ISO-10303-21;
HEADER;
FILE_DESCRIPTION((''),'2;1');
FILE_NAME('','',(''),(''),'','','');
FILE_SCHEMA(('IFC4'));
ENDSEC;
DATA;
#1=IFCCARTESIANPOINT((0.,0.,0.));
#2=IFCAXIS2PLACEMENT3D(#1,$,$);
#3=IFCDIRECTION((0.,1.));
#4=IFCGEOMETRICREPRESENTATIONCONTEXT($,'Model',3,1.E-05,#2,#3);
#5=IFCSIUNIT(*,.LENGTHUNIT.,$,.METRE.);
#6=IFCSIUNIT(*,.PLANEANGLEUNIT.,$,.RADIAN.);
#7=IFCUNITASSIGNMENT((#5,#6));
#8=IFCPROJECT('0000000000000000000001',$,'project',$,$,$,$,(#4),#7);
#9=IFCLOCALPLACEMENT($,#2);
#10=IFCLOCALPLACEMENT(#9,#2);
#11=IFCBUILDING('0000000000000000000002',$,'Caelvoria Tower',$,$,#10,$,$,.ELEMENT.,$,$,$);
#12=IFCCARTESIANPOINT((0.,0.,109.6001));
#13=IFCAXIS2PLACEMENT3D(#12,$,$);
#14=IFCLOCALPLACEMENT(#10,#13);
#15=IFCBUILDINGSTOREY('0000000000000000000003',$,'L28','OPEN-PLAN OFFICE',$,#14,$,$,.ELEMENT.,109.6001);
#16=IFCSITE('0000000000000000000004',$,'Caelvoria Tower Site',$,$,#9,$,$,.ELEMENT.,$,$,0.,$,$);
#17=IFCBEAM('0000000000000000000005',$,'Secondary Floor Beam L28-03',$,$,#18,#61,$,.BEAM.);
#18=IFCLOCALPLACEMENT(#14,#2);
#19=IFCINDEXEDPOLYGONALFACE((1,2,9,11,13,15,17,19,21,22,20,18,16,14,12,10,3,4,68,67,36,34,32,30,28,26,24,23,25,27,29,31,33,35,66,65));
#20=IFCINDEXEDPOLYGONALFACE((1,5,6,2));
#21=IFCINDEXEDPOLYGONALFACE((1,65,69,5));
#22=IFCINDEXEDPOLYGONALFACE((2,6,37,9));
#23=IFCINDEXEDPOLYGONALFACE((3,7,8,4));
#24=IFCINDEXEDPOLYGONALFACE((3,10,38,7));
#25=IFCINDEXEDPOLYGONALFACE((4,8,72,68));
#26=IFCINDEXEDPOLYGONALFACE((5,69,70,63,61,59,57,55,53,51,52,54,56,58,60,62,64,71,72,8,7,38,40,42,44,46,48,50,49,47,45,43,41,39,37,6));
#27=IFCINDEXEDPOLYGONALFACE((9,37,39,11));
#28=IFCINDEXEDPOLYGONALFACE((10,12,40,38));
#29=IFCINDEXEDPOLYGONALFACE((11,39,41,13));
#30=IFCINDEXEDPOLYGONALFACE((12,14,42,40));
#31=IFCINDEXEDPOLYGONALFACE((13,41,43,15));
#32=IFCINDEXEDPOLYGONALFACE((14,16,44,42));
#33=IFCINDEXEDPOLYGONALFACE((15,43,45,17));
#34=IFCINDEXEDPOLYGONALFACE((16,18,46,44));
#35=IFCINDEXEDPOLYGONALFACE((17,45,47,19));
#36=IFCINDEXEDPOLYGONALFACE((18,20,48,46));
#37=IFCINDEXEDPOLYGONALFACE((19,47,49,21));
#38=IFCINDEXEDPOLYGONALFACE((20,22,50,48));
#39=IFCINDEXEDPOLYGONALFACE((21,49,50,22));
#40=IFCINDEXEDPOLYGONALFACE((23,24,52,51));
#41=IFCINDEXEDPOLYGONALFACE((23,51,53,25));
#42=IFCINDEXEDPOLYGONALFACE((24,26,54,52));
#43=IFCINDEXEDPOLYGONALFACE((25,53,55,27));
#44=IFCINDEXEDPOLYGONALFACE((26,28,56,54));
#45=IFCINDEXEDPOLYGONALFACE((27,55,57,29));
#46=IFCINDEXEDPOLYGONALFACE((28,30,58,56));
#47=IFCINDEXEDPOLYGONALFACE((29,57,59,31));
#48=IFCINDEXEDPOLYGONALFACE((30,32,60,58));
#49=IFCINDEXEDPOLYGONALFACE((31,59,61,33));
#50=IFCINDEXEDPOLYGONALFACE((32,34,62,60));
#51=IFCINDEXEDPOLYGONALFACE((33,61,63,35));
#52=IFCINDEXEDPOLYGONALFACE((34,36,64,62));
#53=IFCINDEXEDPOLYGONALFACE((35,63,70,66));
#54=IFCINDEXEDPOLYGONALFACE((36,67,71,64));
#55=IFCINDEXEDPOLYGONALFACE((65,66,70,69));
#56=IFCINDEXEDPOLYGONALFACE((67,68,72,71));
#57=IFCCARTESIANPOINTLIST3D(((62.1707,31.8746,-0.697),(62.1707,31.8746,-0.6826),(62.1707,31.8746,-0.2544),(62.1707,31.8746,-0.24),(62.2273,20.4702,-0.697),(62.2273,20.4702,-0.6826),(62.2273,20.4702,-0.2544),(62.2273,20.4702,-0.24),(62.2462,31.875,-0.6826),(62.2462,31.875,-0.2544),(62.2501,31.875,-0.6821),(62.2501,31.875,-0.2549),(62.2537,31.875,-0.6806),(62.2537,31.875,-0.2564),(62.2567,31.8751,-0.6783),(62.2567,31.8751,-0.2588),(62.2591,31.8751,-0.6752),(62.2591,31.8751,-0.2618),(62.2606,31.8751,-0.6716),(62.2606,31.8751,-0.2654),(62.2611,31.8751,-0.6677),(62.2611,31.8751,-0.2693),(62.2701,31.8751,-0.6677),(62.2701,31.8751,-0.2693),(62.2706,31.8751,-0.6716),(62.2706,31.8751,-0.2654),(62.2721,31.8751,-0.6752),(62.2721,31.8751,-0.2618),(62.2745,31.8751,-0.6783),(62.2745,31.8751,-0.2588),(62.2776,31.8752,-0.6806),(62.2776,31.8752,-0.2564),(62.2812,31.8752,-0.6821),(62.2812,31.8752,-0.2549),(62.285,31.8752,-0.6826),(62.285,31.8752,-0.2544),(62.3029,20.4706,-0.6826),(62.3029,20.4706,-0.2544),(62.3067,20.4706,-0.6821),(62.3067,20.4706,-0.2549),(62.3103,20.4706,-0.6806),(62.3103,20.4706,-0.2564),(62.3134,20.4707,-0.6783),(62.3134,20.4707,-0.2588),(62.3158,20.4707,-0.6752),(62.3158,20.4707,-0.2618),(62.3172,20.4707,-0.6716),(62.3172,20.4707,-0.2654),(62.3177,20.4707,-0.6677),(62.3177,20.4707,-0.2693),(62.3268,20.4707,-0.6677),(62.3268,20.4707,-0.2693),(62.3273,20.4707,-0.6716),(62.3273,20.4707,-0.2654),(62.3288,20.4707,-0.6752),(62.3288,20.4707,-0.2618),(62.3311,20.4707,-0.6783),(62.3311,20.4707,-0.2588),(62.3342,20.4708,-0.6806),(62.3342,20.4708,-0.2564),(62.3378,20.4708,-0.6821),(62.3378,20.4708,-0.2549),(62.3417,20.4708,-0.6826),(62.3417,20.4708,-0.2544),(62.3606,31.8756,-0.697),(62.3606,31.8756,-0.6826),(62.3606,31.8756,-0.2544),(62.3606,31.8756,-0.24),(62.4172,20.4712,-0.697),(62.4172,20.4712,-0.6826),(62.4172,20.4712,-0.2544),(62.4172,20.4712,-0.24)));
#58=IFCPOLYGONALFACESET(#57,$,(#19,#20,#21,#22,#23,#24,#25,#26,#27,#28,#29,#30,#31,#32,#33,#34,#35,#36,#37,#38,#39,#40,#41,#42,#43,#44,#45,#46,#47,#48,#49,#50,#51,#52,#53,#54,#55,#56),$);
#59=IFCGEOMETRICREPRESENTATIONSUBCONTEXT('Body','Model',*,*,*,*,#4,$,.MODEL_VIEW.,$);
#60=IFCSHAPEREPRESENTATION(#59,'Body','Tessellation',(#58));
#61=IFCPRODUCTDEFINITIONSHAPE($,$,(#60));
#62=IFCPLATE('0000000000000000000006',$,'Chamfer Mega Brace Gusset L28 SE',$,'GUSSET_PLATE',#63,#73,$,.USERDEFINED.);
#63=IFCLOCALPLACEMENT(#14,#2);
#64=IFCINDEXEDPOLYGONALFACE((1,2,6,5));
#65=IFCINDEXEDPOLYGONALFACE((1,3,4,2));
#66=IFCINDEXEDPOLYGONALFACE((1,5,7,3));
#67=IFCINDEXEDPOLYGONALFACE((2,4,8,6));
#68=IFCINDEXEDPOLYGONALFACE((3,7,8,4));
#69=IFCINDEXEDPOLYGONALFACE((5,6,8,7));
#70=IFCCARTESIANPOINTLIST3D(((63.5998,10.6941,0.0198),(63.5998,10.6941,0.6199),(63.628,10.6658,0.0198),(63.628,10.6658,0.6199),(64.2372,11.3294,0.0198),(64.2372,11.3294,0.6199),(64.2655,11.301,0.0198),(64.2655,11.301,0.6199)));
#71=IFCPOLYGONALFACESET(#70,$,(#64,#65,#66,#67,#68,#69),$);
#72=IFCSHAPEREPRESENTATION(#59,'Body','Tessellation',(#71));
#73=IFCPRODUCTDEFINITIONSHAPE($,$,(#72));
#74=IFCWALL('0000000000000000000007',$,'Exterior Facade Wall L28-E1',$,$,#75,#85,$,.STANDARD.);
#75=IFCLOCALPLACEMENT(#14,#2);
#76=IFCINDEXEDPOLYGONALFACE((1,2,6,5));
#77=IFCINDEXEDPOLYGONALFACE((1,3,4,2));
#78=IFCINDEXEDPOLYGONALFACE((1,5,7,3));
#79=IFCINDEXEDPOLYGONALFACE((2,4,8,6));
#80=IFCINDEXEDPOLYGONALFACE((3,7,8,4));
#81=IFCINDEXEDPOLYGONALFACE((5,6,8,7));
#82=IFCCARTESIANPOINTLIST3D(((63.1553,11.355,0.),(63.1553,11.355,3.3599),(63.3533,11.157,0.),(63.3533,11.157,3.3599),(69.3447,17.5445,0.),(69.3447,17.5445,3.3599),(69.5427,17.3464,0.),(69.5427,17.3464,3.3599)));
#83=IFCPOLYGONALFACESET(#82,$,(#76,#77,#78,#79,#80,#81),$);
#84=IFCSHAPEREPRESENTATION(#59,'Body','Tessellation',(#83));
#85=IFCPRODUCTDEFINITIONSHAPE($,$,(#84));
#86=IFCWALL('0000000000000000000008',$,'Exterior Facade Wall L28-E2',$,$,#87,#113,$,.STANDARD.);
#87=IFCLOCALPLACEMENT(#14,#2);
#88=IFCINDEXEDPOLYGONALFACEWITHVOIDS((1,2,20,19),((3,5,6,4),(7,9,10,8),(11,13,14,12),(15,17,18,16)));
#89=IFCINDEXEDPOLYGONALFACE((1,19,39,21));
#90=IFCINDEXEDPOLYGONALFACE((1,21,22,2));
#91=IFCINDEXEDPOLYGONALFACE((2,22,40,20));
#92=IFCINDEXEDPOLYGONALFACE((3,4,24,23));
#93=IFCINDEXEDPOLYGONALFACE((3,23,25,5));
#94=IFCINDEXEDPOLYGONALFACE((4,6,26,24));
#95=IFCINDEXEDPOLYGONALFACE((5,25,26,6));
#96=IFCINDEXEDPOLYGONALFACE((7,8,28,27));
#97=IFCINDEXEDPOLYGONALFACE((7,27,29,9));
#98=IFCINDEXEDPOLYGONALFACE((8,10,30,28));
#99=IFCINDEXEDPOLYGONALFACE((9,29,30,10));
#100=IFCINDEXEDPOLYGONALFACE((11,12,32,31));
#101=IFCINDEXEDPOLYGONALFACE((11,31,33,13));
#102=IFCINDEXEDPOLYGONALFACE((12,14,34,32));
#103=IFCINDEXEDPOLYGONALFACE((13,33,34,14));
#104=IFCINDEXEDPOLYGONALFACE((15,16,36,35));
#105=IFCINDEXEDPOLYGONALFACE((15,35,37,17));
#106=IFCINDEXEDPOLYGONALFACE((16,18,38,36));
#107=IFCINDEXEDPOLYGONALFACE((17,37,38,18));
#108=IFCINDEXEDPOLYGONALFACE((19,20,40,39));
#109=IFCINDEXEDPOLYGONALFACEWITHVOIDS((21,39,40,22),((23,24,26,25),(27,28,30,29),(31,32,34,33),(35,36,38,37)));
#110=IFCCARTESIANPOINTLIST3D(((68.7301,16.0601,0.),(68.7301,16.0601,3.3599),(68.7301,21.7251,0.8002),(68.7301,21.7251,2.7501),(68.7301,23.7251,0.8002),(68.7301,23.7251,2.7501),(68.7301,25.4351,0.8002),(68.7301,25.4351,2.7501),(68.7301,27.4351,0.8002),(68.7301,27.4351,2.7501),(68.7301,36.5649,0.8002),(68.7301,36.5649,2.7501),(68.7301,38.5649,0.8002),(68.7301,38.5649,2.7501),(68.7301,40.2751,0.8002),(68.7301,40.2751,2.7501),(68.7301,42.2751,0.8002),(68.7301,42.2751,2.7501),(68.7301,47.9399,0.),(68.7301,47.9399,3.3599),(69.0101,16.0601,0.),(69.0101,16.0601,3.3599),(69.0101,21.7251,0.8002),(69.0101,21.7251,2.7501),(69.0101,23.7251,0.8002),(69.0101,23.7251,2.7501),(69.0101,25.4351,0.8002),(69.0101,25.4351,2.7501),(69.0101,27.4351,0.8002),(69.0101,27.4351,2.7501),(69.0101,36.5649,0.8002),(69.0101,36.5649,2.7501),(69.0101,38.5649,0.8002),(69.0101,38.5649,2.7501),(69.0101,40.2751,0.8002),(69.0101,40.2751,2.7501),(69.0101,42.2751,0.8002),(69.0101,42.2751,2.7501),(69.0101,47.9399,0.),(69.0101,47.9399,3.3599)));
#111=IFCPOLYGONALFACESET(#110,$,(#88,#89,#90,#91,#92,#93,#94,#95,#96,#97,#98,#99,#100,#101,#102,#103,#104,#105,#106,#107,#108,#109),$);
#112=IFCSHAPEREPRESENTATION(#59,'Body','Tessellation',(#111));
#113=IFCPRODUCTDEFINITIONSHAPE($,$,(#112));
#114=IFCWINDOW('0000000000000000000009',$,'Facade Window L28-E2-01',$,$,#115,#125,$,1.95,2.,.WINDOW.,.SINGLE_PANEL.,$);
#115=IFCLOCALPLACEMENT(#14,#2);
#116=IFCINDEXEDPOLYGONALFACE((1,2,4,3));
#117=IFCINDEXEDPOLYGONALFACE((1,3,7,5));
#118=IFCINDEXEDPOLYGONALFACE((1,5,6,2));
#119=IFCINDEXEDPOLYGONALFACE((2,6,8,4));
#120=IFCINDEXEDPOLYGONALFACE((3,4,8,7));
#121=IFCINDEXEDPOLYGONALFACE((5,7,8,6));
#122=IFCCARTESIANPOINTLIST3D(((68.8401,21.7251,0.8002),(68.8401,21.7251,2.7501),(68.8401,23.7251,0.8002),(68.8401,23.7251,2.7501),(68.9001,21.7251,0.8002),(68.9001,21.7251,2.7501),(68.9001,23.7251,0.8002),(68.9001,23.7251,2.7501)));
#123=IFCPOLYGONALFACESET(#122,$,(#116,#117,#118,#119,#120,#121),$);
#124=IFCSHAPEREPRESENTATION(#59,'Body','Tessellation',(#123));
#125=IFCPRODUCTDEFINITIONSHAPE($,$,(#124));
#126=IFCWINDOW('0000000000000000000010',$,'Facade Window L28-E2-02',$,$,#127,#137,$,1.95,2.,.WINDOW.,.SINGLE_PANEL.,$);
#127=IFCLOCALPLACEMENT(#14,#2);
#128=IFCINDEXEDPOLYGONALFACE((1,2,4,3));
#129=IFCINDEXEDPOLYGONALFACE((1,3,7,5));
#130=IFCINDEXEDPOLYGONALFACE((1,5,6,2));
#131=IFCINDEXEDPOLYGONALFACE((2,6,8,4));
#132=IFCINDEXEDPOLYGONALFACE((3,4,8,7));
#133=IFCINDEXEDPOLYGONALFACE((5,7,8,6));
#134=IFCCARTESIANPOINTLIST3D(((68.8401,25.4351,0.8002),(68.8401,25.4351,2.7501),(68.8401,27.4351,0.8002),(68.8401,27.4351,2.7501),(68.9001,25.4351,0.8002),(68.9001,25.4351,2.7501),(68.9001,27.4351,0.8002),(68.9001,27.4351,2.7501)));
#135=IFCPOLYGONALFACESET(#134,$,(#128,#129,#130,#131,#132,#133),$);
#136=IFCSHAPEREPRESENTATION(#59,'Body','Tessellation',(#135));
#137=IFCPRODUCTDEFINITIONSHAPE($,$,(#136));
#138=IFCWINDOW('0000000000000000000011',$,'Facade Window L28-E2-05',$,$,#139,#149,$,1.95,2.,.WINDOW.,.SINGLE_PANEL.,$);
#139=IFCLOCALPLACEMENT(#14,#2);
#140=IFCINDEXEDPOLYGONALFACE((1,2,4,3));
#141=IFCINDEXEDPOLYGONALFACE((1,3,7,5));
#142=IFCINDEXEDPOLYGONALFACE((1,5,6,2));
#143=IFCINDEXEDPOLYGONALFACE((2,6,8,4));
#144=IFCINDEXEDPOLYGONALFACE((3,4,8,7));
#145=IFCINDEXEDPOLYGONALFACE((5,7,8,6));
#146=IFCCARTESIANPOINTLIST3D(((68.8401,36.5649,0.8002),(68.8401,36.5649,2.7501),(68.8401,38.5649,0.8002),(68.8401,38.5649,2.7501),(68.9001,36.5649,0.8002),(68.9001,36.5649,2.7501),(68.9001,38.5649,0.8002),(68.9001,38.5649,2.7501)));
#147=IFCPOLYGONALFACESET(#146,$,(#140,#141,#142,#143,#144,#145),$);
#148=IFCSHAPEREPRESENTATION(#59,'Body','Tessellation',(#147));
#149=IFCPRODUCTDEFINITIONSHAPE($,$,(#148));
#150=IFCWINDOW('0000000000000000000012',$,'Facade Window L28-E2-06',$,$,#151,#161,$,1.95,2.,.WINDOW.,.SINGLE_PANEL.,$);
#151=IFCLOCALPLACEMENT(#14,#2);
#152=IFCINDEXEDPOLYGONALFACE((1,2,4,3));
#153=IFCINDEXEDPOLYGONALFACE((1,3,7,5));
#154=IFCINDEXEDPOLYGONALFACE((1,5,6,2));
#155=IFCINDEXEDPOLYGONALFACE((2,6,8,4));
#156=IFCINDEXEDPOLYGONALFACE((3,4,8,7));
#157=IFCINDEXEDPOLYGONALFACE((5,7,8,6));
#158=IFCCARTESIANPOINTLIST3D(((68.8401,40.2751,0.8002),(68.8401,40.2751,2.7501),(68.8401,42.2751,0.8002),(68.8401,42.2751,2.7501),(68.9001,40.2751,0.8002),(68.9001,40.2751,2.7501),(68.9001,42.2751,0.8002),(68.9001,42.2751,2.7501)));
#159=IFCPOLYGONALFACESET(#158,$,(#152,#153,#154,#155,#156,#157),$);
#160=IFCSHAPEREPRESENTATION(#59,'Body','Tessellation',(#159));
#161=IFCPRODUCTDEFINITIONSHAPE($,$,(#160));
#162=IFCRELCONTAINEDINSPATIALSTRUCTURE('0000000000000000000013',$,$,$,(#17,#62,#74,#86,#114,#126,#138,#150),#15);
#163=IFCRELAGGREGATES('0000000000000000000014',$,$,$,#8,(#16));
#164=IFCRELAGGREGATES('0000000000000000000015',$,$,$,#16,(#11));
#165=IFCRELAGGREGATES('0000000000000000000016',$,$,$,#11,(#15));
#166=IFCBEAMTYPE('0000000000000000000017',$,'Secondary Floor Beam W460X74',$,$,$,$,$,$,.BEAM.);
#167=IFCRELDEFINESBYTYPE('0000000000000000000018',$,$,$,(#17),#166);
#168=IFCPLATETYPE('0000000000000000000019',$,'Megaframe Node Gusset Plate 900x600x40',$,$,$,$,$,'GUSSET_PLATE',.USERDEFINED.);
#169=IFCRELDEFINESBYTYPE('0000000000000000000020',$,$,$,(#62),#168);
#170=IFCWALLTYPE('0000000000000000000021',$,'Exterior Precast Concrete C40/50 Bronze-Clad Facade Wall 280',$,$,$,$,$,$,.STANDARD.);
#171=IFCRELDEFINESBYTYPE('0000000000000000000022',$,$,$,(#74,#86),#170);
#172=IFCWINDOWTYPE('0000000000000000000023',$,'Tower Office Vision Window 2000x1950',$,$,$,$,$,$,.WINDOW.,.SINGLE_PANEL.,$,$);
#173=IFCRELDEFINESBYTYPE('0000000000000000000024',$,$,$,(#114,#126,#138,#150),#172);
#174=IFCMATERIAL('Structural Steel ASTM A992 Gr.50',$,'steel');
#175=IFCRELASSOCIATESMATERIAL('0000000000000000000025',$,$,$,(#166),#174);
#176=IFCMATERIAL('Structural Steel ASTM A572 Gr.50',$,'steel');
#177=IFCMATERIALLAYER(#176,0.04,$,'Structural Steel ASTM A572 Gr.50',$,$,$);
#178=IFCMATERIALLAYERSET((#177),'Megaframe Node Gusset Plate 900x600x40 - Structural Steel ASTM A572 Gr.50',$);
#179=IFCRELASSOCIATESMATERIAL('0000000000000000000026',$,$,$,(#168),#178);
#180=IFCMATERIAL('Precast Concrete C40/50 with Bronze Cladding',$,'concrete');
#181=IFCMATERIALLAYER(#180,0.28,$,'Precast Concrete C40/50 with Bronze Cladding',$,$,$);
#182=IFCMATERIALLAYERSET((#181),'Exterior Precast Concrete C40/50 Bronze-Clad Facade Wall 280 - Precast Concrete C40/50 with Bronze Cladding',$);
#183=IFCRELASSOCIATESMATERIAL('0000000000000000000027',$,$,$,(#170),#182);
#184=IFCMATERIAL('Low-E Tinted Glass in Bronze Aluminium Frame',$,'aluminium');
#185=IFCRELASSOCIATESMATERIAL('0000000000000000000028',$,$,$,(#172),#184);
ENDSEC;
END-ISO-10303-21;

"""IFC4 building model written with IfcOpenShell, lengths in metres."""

from ifc_helpers import new_model, si_unit, direction, frame, frame_2d, origin, origin_2d, place, context, subcontext, project, spatial, rectangle, i_section, extrude, material, layer, layer_set, material_profile, profile_set, type_object, element, fill, save


model = new_model("IFC4")

# Units and contexts
model_context = context("Model", 3, precision=1e-05, world=origin(), true_north=direction((0.0, 1.0)))
body_context = subcontext(model_context, "Body", "Model", "MODEL_VIEW")
ifc_project = project(units=[si_unit("LENGTHUNIT", "METRE"), si_unit("PLANEANGLEUNIT", "RADIAN")], contexts=[model_context])

# Site, building, storey
site_placement = place(None, origin())
site = spatial("IfcSite", under=ifc_project, at=site_placement, Name="Caelvoria Tower Site", CompositionType="ELEMENT", RefElevation=0.0)
building_placement = place(site_placement, origin())
building = spatial("IfcBuilding", under=site, at=building_placement, Name="Caelvoria Tower", CompositionType="ELEMENT")
storey_placement = place(building_placement, frame((0.0, 0.0, 109.6001)))
storey = spatial("IfcBuildingStorey", under=building, at=storey_placement, Name="L28", Description="OPEN-PLAN OFFICE", CompositionType="ELEMENT", Elevation=109.6001)

# Shared definitions
ifc_material_1 = material(Name="Structural Steel ASTM A572 Gr.50", Category="steel")

# Beam
ifc_material_2 = material(Name="Structural Steel ASTM A992 Gr.50", Category="steel")
ifc_material_profile_1 = material_profile(ifc_material_2, i_section(OverallWidth=0.1899, OverallDepth=0.457, WebThickness=0.009, FlangeThickness=0.0144, FilletRadius=0.0149, at=origin_2d()), Name="Structural Steel ASTM A992 Gr.50")
ifc_profile_set_1 = profile_set([ifc_material_profile_1], Name="W460X74 - Structural Steel ASTM A992 Gr.50")
beam_type_1 = type_object("IfcBeamType", Name="Secondary Floor Beam W460X74", PredefinedType="BEAM", material=ifc_profile_set_1)
beam_1_placement = place(storey_placement, frame((62.3223, 20.4707, -0.4685), z_axis=(-0.004967, 0.999988, 0.0), x_axis=(-0.999988, -0.004967, 0.0)))
element("IfcBeam", 1, at=beam_1_placement, inside=storey, type_object=beam_type_1, Name="Secondary Floor Beam L28-03", PredefinedType="BEAM", context=body_context, shape_type="SweptSolid", body=[
    extrude(i_section(OverallWidth=0.1899, OverallDepth=0.457, WebThickness=0.009, FlangeThickness=0.0144, FilletRadius=0.0149, at=origin_2d()), origin(), (0.0, 0.0, 1.0), 11.4045),
])

# Plate
ifc_layer_1 = layer(ifc_material_1, 0.04, Name="Structural Steel ASTM A572 Gr.50")
ifc_layer_set_1 = layer_set([ifc_layer_1], Name="Megaframe Node Gusset Plate 900x600x40 - Structural Steel ASTM A572 Gr.50")
plate_type = type_object("IfcPlateType", Name="Megaframe Node Gusset Plate 900x600x40", ElementType="GUSSET_PLATE", PredefinedType="USERDEFINED", material=ifc_layer_set_1)
plate_placement = place(storey_placement, frame((63.9326, 10.9976, 0.0198), z_axis=(0.0, 0.0, 1.0), x_axis=(0.708308, 0.705904, 0.0)))
element("IfcPlate", 2, at=plate_placement, inside=storey, type_object=plate_type, Name="Chamfer Mega Brace Gusset L28 SE", ObjectType="GUSSET_PLATE", PredefinedType="USERDEFINED", context=body_context, shape_type="SweptSolid", body=[
    extrude(rectangle(XDim=0.8999, YDim=0.04, at=origin_2d()), origin(), (0.0, 0.0, 1.0), 0.6001),
])

# Wall
ifc_material_3 = material(Name="Precast Concrete C40/50 with Bronze Cladding", Category="concrete")
ifc_layer_2 = layer(ifc_material_3, 0.28, Name="Precast Concrete C40/50 with Bronze Cladding")
ifc_layer_set_2 = layer_set([ifc_layer_2], Name="Exterior Precast Concrete C40/50 Bronze-Clad Facade Wall 280 - Precast Concrete C40/50 with Bronze Cladding")
wall_type_1 = type_object("IfcWallType", Name="Exterior Precast Concrete C40/50 Bronze-Clad Facade Wall 280", PredefinedType="STANDARD", material=ifc_layer_set_2)
wall_1_placement = place(storey_placement, frame((63.2544, 11.2561, 0.0), z_axis=(0.0, 0.0, 1.0), x_axis=(0.707107, 0.707107, 0.0)))
element("IfcWall", 3, at=wall_1_placement, inside=storey, type_object=wall_type_1, Name="Exterior Facade Wall L28-E1", PredefinedType="STANDARD", context=body_context, shape_type="SweptSolid", body=[
    extrude(rectangle(XDim=8.7532, YDim=0.28, at=frame_2d((4.3765, 0.0))), origin(), (0.0, 0.0, 1.0), 3.3599),
])

# Wall, openings, windows
wall_2_placement = place(storey_placement, frame((68.8701, 16.0601, 0.0), z_axis=(0.0, 0.0, 1.0), x_axis=(0.0, 1.0, 0.0)))
wall_2 = element("IfcWall", 4, at=wall_2_placement, inside=storey, type_object=wall_type_1, Name="Exterior Facade Wall L28-E2", PredefinedType="STANDARD", context=body_context, shape_type="SweptSolid", body=[
    extrude(rectangle(XDim=31.8799, YDim=0.28, at=frame_2d((15.9399, 0.0))), origin(), (0.0, 0.0, 1.0), 3.3599),
])
opening_1_placement = place(wall_2_placement, frame((5.665, 0.0, 0.8)))
opening_1 = element("IfcOpeningElement", 5, at=opening_1_placement, cuts=wall_2, PredefinedType="OPENING", context=body_context, shape_type="SweptSolid", body=[
    extrude(rectangle(XDim=2.0, YDim=1.95, at=frame_2d((1.0, 0.9751))), frame((0.0, 0.1499, 0.0), z_axis=(0.0, -1.0, 0.0), x_axis=(1.0, 0.0, 0.0)), (0.0, 0.0, 1.0), 0.3),
])
opening_2_placement = place(wall_2_placement, frame((9.375, 0.0, 0.8)))
opening_2 = element("IfcOpeningElement", 6, at=opening_2_placement, cuts=wall_2, PredefinedType="OPENING", context=body_context, shape_type="SweptSolid", body=[
    extrude(rectangle(XDim=2.0, YDim=1.95, at=frame_2d((1.0, 0.9751))), frame((0.0, 0.1499, 0.0), z_axis=(0.0, -1.0, 0.0), x_axis=(1.0, 0.0, 0.0)), (0.0, 0.0, 1.0), 0.3),
])
opening_3_placement = place(wall_2_placement, frame((20.5049, 0.0, 0.8)))
opening_3 = element("IfcOpeningElement", 7, at=opening_3_placement, cuts=wall_2, PredefinedType="OPENING", context=body_context, shape_type="SweptSolid", body=[
    extrude(rectangle(XDim=2.0, YDim=1.95, at=frame_2d((1.0, 0.9751))), frame((0.0, 0.1499, 0.0), z_axis=(0.0, -1.0, 0.0), x_axis=(1.0, 0.0, 0.0)), (0.0, 0.0, 1.0), 0.3),
])
opening_4_placement = place(wall_2_placement, frame((24.2151, 0.0, 0.8)))
opening_4 = element("IfcOpeningElement", 8, at=opening_4_placement, cuts=wall_2, PredefinedType="OPENING", context=body_context, shape_type="SweptSolid", body=[
    extrude(rectangle(XDim=2.0, YDim=1.95, at=frame_2d((1.0, 0.9751))), frame((0.0, 0.1499, 0.0), z_axis=(0.0, -1.0, 0.0), x_axis=(1.0, 0.0, 0.0)), (0.0, 0.0, 1.0), 0.3),
])
ifc_material_4 = material(Name="Low-E Tinted Glass in Bronze Aluminium Frame", Category="aluminium")
window_type = type_object("IfcWindowType", Name="Tower Office Vision Window 2000x1950", PartitioningType="SINGLE_PANEL", PredefinedType="WINDOW", material=ifc_material_4)
window_1_placement = place(opening_1_placement, origin())
window_1 = element("IfcWindow", 9, at=window_1_placement, inside=storey, type_object=window_type, Name="Facade Window L28-E2-01", OverallHeight=1.95, OverallWidth=2.0, PartitioningType="SINGLE_PANEL", PredefinedType="WINDOW", context=body_context, shape_type="SweptSolid", body=[
    extrude(rectangle(XDim=2.0, YDim=1.95, at=frame_2d((1.0, 0.9751))), frame((0.0, 0.03, 0.0), z_axis=(0.0, -1.0, 0.0), x_axis=(1.0, 0.0, 0.0)), (0.0, 0.0, 1.0), 0.0601),
])
fill(opening_1, window_1)
window_2_placement = place(opening_2_placement, origin())
window_2 = element("IfcWindow", 10, at=window_2_placement, inside=storey, type_object=window_type, Name="Facade Window L28-E2-02", OverallHeight=1.95, OverallWidth=2.0, PartitioningType="SINGLE_PANEL", PredefinedType="WINDOW", context=body_context, shape_type="SweptSolid", body=[
    extrude(rectangle(XDim=2.0, YDim=1.95, at=frame_2d((1.0, 0.9751))), frame((0.0, 0.03, 0.0), z_axis=(0.0, -1.0, 0.0), x_axis=(1.0, 0.0, 0.0)), (0.0, 0.0, 1.0), 0.0601),
])
fill(opening_2, window_2)
window_3_placement = place(opening_3_placement, origin())
window_3 = element("IfcWindow", 11, at=window_3_placement, inside=storey, type_object=window_type, Name="Facade Window L28-E2-05", OverallHeight=1.95, OverallWidth=2.0, PartitioningType="SINGLE_PANEL", PredefinedType="WINDOW", context=body_context, shape_type="SweptSolid", body=[
    extrude(rectangle(XDim=2.0, YDim=1.95, at=frame_2d((1.0, 0.9751))), frame((0.0, 0.03, 0.0), z_axis=(0.0, -1.0, 0.0), x_axis=(1.0, 0.0, 0.0)), (0.0, 0.0, 1.0), 0.0601),
])
fill(opening_3, window_3)
window_4_placement = place(opening_4_placement, origin())
window_4 = element("IfcWindow", 12, at=window_4_placement, inside=storey, type_object=window_type, Name="Facade Window L28-E2-06", OverallHeight=1.95, OverallWidth=2.0, PartitioningType="SINGLE_PANEL", PredefinedType="WINDOW", context=body_context, shape_type="SweptSolid", body=[
    extrude(rectangle(XDim=2.0, YDim=1.95, at=frame_2d((1.0, 0.9751))), frame((0.0, 0.03, 0.0), z_axis=(0.0, -1.0, 0.0), x_axis=(1.0, 0.0, 0.0)), (0.0, 0.0, 1.0), 0.0601),
])
fill(opening_4, window_4)

save(model, "model.ifc")
